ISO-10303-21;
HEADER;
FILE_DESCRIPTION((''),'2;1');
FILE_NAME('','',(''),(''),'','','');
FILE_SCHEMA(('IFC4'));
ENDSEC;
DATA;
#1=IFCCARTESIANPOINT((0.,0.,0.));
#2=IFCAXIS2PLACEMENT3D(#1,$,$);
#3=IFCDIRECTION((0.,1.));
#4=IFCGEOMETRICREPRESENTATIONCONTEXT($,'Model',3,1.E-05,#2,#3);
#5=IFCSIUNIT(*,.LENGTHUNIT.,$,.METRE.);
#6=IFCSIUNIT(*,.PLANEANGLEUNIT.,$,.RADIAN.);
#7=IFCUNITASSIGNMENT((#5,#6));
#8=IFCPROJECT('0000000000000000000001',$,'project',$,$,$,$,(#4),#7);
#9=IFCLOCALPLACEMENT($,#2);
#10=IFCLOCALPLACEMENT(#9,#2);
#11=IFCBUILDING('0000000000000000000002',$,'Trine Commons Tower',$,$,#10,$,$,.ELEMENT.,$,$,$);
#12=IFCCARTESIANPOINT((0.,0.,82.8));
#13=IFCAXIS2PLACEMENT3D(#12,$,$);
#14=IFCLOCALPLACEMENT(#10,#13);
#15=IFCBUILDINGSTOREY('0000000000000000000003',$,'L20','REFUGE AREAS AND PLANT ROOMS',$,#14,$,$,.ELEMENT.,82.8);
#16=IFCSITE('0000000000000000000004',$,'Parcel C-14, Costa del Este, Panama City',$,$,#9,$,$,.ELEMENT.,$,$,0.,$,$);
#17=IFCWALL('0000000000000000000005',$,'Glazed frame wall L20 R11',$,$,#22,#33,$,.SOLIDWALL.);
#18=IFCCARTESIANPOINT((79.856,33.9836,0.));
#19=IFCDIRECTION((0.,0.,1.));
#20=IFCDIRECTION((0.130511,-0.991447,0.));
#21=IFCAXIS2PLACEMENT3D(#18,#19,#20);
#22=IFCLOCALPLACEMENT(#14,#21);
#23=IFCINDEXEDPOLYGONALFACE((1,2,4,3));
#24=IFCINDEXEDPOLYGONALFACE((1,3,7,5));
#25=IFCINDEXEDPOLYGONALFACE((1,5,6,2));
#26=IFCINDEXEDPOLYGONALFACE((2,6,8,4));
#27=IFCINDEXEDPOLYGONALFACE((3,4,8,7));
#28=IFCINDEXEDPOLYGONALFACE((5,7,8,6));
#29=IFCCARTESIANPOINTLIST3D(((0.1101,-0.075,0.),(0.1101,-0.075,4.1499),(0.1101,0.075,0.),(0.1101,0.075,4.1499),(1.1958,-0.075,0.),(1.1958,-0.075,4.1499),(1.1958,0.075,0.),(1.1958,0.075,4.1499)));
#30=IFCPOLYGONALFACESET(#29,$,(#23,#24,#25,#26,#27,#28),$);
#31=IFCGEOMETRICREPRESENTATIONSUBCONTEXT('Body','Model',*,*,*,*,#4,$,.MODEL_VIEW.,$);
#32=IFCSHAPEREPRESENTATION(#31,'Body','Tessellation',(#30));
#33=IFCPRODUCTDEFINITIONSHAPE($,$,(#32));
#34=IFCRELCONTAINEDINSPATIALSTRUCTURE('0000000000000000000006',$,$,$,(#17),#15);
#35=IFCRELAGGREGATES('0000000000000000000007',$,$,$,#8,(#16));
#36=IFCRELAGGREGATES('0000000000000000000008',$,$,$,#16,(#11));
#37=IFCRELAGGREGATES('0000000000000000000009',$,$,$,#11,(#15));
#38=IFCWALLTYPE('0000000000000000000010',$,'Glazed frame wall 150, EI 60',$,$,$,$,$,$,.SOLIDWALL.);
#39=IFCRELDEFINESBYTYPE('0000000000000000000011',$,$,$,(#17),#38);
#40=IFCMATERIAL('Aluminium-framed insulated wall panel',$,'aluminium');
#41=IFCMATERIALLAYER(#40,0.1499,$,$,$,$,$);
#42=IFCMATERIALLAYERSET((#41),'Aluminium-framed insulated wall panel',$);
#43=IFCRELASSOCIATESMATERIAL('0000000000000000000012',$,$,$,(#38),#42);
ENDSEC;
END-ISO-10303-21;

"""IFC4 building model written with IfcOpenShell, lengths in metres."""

from ifc_helpers import new_model, si_unit, direction, frame, origin, place, context, subcontext, project, spatial, polyline, outline, extrude, material, layer, layer_set, type_object, element, save


model = new_model("IFC4")

# Units and contexts
model_context = context("Model", 3, precision=1e-05, world=origin(), true_north=direction((0.0, 1.0)))
body_context = subcontext(model_context, "Body", "Model", "MODEL_VIEW")
ifc_project = project(units=[si_unit("LENGTHUNIT", "METRE"), si_unit("PLANEANGLEUNIT", "RADIAN")], contexts=[model_context])

# Site, building, storey
site_placement = place(None, origin())
site = spatial("IfcSite", under=ifc_project, at=site_placement, Name="Parcel C-14, Costa del Este, Panama City", CompositionType="ELEMENT", RefElevation=0.0)
building_placement = place(site_placement, origin())
building = spatial("IfcBuilding", under=site, at=building_placement, Name="Trine Commons Tower", CompositionType="ELEMENT")
storey_placement = place(building_placement, frame((0.0, 0.0, 82.8)))
storey = spatial("IfcBuildingStorey", under=building, at=storey_placement, Name="L20", Description="REFUGE AREAS AND PLANT ROOMS", CompositionType="ELEMENT", Elevation=82.8)

# Wall
ifc_material_1 = material(Name="Aluminium-framed insulated wall panel", Category="aluminium")
ifc_layer_1 = layer(ifc_material_1, 0.1499)
ifc_layer_set_1 = layer_set([ifc_layer_1], Name="Aluminium-framed insulated wall panel")
wall_type_1 = type_object("IfcWallType", Name="Glazed frame wall 150, EI 60", PredefinedType="SOLIDWALL", material=ifc_layer_set_1)
wall_1_placement = place(storey_placement, frame((79.856, 33.9836, 0.0), z_axis=(0.0, 0.0, 1.0), x_axis=(0.130511, -0.991447, 0.0)))
element("IfcWall", 1, at=wall_1_placement, inside=storey, type_object=wall_type_1, Name="Glazed frame wall L20 R11", PredefinedType="SOLIDWALL", context=body_context, shape_type="SweptSolid", body=[
    extrude(outline(polyline([(0.1101, 0.075), (0.1101, -0.075), (1.1958, -0.075), (1.1958, 0.075), (0.1101, 0.075)])), origin(), (0.0, 0.0, 1.0), 4.1499),
])

save(model, "model.ifc")
